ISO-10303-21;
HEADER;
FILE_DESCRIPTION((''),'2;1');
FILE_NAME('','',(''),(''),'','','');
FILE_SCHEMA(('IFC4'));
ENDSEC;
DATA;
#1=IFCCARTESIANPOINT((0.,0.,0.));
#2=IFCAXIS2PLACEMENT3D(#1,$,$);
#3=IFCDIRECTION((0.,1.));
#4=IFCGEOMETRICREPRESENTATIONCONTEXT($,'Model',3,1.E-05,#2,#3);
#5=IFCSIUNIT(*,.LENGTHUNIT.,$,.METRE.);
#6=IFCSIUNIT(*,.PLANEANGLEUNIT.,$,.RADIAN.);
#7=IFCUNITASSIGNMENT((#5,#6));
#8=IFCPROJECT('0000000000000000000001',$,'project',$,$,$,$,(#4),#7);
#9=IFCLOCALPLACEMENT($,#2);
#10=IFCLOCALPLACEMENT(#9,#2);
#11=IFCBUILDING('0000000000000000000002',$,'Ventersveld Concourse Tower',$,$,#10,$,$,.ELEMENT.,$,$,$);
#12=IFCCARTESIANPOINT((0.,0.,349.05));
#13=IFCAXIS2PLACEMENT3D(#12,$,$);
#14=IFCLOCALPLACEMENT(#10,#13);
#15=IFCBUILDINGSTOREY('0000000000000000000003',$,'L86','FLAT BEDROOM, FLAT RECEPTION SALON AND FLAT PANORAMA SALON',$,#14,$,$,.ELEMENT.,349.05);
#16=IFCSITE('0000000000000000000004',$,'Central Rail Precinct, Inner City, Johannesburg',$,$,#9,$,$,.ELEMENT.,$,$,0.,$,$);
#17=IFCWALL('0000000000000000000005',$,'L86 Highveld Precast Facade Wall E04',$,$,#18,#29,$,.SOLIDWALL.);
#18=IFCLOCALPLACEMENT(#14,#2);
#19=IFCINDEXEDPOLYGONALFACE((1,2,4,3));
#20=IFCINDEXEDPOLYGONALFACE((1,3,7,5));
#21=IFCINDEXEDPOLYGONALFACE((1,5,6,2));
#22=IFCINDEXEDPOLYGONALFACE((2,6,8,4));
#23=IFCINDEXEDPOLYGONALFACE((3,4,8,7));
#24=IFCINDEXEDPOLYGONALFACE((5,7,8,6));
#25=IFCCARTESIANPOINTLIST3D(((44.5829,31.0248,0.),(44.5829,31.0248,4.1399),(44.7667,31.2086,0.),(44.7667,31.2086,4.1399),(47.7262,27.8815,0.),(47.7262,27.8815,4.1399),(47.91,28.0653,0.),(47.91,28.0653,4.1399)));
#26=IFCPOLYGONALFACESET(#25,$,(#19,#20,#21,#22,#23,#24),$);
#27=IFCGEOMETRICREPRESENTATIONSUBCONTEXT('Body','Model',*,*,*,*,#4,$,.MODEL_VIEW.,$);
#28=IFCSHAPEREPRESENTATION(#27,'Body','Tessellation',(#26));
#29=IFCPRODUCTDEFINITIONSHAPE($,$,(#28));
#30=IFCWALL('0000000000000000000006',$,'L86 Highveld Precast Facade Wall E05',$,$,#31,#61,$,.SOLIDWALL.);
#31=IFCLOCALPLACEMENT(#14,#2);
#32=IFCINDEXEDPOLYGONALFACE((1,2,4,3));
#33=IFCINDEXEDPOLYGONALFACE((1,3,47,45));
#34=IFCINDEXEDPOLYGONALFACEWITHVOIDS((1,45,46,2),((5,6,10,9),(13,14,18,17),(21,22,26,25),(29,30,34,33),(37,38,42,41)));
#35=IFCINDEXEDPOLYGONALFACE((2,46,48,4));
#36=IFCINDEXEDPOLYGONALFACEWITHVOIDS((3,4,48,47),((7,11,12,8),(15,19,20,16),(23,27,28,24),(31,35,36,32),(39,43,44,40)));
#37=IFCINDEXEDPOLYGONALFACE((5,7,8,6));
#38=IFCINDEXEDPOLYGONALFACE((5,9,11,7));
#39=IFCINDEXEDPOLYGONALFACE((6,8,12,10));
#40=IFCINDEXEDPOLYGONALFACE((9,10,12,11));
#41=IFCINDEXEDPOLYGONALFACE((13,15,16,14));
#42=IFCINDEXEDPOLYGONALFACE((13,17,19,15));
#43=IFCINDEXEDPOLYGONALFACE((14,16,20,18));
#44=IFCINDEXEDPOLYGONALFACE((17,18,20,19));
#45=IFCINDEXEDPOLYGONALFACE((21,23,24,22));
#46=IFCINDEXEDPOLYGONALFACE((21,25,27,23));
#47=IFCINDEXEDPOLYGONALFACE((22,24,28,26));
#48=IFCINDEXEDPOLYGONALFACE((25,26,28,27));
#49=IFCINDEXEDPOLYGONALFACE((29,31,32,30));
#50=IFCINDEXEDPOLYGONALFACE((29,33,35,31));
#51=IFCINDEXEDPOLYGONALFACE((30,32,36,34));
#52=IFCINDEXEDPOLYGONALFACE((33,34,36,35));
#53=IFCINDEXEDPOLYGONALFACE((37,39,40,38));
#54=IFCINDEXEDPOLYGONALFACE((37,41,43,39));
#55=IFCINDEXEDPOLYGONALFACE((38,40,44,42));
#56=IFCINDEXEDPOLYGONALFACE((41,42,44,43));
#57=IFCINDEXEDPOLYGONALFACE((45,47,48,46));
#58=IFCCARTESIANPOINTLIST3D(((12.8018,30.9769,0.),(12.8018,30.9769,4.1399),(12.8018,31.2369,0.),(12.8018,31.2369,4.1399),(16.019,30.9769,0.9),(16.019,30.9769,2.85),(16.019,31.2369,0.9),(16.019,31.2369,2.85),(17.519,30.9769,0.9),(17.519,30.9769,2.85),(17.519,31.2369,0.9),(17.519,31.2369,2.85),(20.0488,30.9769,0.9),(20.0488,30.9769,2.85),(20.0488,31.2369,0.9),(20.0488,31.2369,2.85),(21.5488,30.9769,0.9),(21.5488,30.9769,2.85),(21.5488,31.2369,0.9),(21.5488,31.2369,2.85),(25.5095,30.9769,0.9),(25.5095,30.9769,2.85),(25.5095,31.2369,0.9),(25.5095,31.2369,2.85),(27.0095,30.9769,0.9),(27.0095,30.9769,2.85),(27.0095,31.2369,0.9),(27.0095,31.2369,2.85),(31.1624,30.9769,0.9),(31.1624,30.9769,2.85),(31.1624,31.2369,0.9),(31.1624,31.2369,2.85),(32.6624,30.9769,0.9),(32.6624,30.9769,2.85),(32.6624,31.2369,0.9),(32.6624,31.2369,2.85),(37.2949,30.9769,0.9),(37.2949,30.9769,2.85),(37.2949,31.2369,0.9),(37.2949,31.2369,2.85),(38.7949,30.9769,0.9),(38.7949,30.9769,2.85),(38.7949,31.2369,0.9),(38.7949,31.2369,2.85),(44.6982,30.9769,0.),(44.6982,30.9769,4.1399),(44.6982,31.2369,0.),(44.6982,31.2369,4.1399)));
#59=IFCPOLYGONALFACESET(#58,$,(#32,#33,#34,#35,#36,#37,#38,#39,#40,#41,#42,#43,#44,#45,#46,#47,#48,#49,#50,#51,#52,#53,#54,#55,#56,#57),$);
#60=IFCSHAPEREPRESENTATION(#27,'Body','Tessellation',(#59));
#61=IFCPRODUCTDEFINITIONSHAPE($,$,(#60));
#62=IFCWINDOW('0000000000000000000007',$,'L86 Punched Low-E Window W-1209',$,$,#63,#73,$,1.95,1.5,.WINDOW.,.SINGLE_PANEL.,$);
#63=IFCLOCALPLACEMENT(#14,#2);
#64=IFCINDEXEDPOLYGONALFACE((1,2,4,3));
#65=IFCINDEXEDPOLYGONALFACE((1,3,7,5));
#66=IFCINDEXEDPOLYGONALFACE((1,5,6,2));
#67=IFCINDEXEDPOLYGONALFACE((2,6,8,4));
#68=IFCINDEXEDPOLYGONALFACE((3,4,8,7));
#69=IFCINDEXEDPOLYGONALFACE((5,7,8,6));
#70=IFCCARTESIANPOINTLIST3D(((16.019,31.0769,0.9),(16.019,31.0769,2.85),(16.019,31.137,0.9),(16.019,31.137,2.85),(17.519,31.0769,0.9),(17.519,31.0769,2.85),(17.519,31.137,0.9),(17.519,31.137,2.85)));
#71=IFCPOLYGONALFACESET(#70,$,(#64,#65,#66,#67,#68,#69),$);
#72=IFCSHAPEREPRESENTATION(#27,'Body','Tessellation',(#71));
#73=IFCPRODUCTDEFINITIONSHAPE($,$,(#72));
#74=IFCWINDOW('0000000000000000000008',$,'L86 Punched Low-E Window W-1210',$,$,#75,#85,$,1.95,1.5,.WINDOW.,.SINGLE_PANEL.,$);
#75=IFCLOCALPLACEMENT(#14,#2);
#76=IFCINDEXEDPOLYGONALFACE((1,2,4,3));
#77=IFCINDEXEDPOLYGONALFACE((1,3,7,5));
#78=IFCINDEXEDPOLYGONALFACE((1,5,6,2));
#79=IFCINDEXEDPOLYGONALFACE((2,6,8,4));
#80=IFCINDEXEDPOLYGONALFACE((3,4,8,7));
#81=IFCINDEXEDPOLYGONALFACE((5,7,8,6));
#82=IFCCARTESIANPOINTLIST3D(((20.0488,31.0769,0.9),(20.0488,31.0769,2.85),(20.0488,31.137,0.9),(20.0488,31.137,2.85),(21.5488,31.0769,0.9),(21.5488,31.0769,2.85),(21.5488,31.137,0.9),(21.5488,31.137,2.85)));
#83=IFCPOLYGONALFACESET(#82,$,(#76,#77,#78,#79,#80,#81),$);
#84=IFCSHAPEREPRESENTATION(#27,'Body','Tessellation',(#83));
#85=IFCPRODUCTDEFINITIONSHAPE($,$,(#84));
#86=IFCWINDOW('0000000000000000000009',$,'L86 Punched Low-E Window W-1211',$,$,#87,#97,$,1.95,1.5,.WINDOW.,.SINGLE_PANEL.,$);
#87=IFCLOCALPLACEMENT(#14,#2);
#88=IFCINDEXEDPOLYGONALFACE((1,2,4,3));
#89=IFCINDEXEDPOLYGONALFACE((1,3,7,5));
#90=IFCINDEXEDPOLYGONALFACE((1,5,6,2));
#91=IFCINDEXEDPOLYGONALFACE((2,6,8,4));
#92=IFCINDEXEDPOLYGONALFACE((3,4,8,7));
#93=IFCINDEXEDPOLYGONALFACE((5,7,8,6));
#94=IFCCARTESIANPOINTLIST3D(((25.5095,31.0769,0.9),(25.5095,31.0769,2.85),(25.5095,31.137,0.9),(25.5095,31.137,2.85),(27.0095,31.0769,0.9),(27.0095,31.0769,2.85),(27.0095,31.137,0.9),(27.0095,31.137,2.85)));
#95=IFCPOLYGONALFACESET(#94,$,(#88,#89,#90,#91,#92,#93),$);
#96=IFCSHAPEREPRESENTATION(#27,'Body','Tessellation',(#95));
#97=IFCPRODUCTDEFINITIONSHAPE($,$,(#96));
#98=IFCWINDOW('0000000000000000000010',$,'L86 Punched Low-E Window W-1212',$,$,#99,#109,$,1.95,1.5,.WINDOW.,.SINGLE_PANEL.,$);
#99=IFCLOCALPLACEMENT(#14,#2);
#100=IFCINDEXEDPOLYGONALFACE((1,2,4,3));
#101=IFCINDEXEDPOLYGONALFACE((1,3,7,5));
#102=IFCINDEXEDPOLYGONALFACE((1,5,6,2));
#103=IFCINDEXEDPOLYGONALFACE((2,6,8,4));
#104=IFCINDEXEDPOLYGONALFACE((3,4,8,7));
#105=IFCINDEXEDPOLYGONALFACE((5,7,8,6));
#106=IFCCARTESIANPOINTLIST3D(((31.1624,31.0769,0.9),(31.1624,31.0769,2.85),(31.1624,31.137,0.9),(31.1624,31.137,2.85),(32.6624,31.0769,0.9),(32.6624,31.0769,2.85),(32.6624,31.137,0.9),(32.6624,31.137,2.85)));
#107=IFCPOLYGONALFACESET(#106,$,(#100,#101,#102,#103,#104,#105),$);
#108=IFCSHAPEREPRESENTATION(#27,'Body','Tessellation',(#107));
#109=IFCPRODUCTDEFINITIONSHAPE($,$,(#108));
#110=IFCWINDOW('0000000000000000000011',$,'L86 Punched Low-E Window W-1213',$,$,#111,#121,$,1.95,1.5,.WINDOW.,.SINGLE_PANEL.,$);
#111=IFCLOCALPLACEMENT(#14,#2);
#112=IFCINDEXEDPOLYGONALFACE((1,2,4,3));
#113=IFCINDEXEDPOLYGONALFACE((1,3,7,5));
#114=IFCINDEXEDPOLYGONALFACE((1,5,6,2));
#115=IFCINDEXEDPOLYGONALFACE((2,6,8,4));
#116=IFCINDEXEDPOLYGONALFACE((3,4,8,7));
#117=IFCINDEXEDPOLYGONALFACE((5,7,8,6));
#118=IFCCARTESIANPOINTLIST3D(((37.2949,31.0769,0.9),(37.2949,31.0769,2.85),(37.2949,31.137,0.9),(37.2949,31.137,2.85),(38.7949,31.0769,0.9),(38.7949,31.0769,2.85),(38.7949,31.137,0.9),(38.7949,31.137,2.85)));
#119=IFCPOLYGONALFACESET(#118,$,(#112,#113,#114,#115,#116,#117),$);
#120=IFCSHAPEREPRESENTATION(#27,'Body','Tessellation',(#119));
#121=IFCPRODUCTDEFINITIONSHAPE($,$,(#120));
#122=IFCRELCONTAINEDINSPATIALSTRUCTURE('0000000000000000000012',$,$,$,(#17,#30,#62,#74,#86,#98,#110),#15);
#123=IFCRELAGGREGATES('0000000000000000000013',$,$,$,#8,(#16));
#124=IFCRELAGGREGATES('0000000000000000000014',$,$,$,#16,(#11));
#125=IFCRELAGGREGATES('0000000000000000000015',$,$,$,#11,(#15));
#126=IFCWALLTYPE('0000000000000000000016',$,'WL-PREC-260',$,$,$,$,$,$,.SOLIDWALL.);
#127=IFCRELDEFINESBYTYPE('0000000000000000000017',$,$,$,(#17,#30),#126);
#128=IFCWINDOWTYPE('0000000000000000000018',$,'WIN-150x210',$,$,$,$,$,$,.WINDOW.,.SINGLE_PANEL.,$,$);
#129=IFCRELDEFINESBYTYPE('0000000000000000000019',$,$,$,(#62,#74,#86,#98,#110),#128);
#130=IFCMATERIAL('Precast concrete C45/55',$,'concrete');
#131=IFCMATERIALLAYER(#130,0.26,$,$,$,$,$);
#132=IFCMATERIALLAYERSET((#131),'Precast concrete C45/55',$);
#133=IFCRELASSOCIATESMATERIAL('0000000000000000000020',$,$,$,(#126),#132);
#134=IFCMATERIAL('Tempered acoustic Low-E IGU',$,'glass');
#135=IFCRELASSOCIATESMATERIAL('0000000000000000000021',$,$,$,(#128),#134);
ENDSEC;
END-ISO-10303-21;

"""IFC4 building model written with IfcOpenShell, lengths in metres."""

from ifc_helpers import new_model, si_unit, direction, frame, frame_2d, origin, place, context, subcontext, project, spatial, rectangle, extrude, material, layer, layer_set, type_object, element, fill, save


model = new_model("IFC4")

# Units and contexts
model_context = context("Model", 3, precision=1e-05, world=origin(), true_north=direction((0.0, 1.0)))
body_context = subcontext(model_context, "Body", "Model", "MODEL_VIEW")
ifc_project = project(units=[si_unit("LENGTHUNIT", "METRE"), si_unit("PLANEANGLEUNIT", "RADIAN")], contexts=[model_context])

# Site, building, storey
site_placement = place(None, origin())
site = spatial("IfcSite", under=ifc_project, at=site_placement, Name="Central Rail Precinct, Inner City, Johannesburg", CompositionType="ELEMENT", RefElevation=0.0)
building_placement = place(site_placement, origin())
building = spatial("IfcBuilding", under=site, at=building_placement, Name="Ventersveld Concourse Tower", CompositionType="ELEMENT")
storey_placement = place(building_placement, frame((0.0, 0.0, 349.05)))
storey = spatial("IfcBuildingStorey", under=building, at=storey_placement, Name="L86", Description="FLAT BEDROOM, FLAT RECEPTION SALON AND FLAT PANORAMA SALON", CompositionType="ELEMENT", Elevation=349.05)

# Wall
ifc_material_1 = material(Name="Precast concrete C45/55", Category="concrete")
ifc_layer_1 = layer(ifc_material_1, 0.26)
ifc_layer_set_1 = layer_set([ifc_layer_1], Name="Precast concrete C45/55")
wall_type_1 = type_object("IfcWallType", Name="WL-PREC-260", PredefinedType="SOLIDWALL", material=ifc_layer_set_1)
wall_1_placement = place(storey_placement, frame((47.8181, 27.9734, 0.0), z_axis=(0.0, 0.0, 1.0), x_axis=(-0.707107, 0.707107, 0.0)))
element("IfcWall", 1, at=wall_1_placement, inside=storey, type_object=wall_type_1, Name="L86 Highveld Precast Facade Wall E04", PredefinedType="SOLIDWALL", context=body_context, shape_type="SweptSolid", body=[
    extrude(rectangle(XDim=4.4453, YDim=0.26, at=frame_2d((2.2227, 0.0))), origin(), (0.0, 0.0, 1.0), 4.1399),
])

# Wall, openings, windows
wall_2_placement = place(storey_placement, frame((44.6982, 31.1069, 0.0), z_axis=(0.0, 0.0, 1.0), x_axis=(-1.0, 0.0, 0.0)))
wall_2 = element("IfcWall", 2, at=wall_2_placement, inside=storey, type_object=wall_type_1, Name="L86 Highveld Precast Facade Wall E05", PredefinedType="SOLIDWALL", context=body_context, shape_type="SweptSolid", body=[
    extrude(rectangle(XDim=31.8965, YDim=0.26, at=frame_2d((15.9482, 0.0))), origin(), (0.0, 0.0, 1.0), 4.1399),
])
opening_1_placement = place(wall_2_placement, frame((27.1792, 0.0, 0.8999)))
opening_1 = element("IfcOpeningElement", 3, at=opening_1_placement, cuts=wall_2, PredefinedType="OPENING", context=body_context, shape_type="SweptSolid", body=[
    extrude(rectangle(XDim=1.5, YDim=1.95, at=frame_2d((0.75, 0.9751))), frame((0.0, 0.1401, 0.0), z_axis=(0.0, -1.0, 0.0), x_axis=(1.0, 0.0, 0.0)), (0.0, 0.0, 1.0), 0.28),
])
opening_2_placement = place(wall_2_placement, frame((23.1494, 0.0, 0.8999)))
opening_2 = element("IfcOpeningElement", 4, at=opening_2_placement, cuts=wall_2, PredefinedType="OPENING", context=body_context, shape_type="SweptSolid", body=[
    extrude(rectangle(XDim=1.5, YDim=1.95, at=frame_2d((0.75, 0.9751))), frame((0.0, 0.1401, 0.0), z_axis=(0.0, -1.0, 0.0), x_axis=(1.0, 0.0, 0.0)), (0.0, 0.0, 1.0), 0.28),
])
opening_3_placement = place(wall_2_placement, frame((17.6887, 0.0, 0.8999)))
opening_3 = element("IfcOpeningElement", 5, at=opening_3_placement, cuts=wall_2, PredefinedType="OPENING", context=body_context, shape_type="SweptSolid", body=[
    extrude(rectangle(XDim=1.5, YDim=1.95, at=frame_2d((0.75, 0.9751))), frame((0.0, 0.1401, 0.0), z_axis=(0.0, -1.0, 0.0), x_axis=(1.0, 0.0, 0.0)), (0.0, 0.0, 1.0), 0.28),
])
opening_4_placement = place(wall_2_placement, frame((12.0359, 0.0, 0.8999)))
opening_4 = element("IfcOpeningElement", 6, at=opening_4_placement, cuts=wall_2, PredefinedType="OPENING", context=body_context, shape_type="SweptSolid", body=[
    extrude(rectangle(XDim=1.5, YDim=1.95, at=frame_2d((0.75, 0.9751))), frame((0.0, 0.1401, 0.0), z_axis=(0.0, -1.0, 0.0), x_axis=(1.0, 0.0, 0.0)), (0.0, 0.0, 1.0), 0.28),
])
opening_5_placement = place(wall_2_placement, frame((5.9033, 0.0, 0.8999)))
opening_5 = element("IfcOpeningElement", 7, at=opening_5_placement, cuts=wall_2, PredefinedType="OPENING", context=body_context, shape_type="SweptSolid", body=[
    extrude(rectangle(XDim=1.5, YDim=1.95, at=frame_2d((0.75, 0.9751))), frame((0.0, 0.1401, 0.0), z_axis=(0.0, -1.0, 0.0), x_axis=(1.0, 0.0, 0.0)), (0.0, 0.0, 1.0), 0.28),
])
ifc_material_2 = material(Name="Tempered acoustic Low-E IGU", Category="glass")
window_type = type_object("IfcWindowType", Name="WIN-150x210", PartitioningType="SINGLE_PANEL", PredefinedType="WINDOW", material=ifc_material_2)
window_1_placement = place(opening_1_placement, origin())
window_1 = element("IfcWindow", 8, at=window_1_placement, inside=storey, type_object=window_type, Name="L86 Punched Low-E Window W-1209", OverallHeight=1.95, OverallWidth=1.5, PartitioningType="SINGLE_PANEL", PredefinedType="WINDOW", context=body_context, shape_type="SweptSolid", body=[
    extrude(rectangle(XDim=1.5, YDim=1.95, at=frame_2d((0.75, 0.9751))), frame((0.0, 0.03, 0.0), z_axis=(0.0, -1.0, 0.0), x_axis=(1.0, 0.0, 0.0)), (0.0, 0.0, 1.0), 0.0601),
])
fill(opening_1, window_1)
window_2_placement = place(opening_2_placement, origin())
window_2 = element("IfcWindow", 9, at=window_2_placement, inside=storey, type_object=window_type, Name="L86 Punched Low-E Window W-1210", OverallHeight=1.95, OverallWidth=1.5, PartitioningType="SINGLE_PANEL", PredefinedType="WINDOW", context=body_context, shape_type="SweptSolid", body=[
    extrude(rectangle(XDim=1.5, YDim=1.95, at=frame_2d((0.75, 0.9751))), frame((0.0, 0.03, 0.0), z_axis=(0.0, -1.0, 0.0), x_axis=(1.0, 0.0, 0.0)), (0.0, 0.0, 1.0), 0.0601),
])
fill(opening_2, window_2)
window_3_placement = place(opening_3_placement, origin())
window_3 = element("IfcWindow", 10, at=window_3_placement, inside=storey, type_object=window_type, Name="L86 Punched Low-E Window W-1211", OverallHeight=1.95, OverallWidth=1.5, PartitioningType="SINGLE_PANEL", PredefinedType="WINDOW", context=body_context, shape_type="SweptSolid", body=[
    extrude(rectangle(XDim=1.5, YDim=1.95, at=frame_2d((0.75, 0.9751))), frame((0.0, 0.03, 0.0), z_axis=(0.0, -1.0, 0.0), x_axis=(1.0, 0.0, 0.0)), (0.0, 0.0, 1.0), 0.0601),
])
fill(opening_3, window_3)
window_4_placement = place(opening_4_placement, origin())
window_4 = element("IfcWindow", 11, at=window_4_placement, inside=storey, type_object=window_type, Name="L86 Punched Low-E Window W-1212", OverallHeight=1.95, OverallWidth=1.5, PartitioningType="SINGLE_PANEL", PredefinedType="WINDOW", context=body_context, shape_type="SweptSolid", body=[
    extrude(rectangle(XDim=1.5, YDim=1.95, at=frame_2d((0.75, 0.9751))), frame((0.0, 0.03, 0.0), z_axis=(0.0, -1.0, 0.0), x_axis=(1.0, 0.0, 0.0)), (0.0, 0.0, 1.0), 0.0601),
])
fill(opening_4, window_4)
window_5_placement = place(opening_5_placement, origin())
window_5 = element("IfcWindow", 12, at=window_5_placement, inside=storey, type_object=window_type, Name="L86 Punched Low-E Window W-1213", OverallHeight=1.95, OverallWidth=1.5, PartitioningType="SINGLE_PANEL", PredefinedType="WINDOW", context=body_context, shape_type="SweptSolid", body=[
    extrude(rectangle(XDim=1.5, YDim=1.95, at=frame_2d((0.75, 0.9751))), frame((0.0, 0.03, 0.0), z_axis=(0.0, -1.0, 0.0), x_axis=(1.0, 0.0, 0.0)), (0.0, 0.0, 1.0), 0.0601),
])
fill(opening_5, window_5)

save(model, "model.ifc")
